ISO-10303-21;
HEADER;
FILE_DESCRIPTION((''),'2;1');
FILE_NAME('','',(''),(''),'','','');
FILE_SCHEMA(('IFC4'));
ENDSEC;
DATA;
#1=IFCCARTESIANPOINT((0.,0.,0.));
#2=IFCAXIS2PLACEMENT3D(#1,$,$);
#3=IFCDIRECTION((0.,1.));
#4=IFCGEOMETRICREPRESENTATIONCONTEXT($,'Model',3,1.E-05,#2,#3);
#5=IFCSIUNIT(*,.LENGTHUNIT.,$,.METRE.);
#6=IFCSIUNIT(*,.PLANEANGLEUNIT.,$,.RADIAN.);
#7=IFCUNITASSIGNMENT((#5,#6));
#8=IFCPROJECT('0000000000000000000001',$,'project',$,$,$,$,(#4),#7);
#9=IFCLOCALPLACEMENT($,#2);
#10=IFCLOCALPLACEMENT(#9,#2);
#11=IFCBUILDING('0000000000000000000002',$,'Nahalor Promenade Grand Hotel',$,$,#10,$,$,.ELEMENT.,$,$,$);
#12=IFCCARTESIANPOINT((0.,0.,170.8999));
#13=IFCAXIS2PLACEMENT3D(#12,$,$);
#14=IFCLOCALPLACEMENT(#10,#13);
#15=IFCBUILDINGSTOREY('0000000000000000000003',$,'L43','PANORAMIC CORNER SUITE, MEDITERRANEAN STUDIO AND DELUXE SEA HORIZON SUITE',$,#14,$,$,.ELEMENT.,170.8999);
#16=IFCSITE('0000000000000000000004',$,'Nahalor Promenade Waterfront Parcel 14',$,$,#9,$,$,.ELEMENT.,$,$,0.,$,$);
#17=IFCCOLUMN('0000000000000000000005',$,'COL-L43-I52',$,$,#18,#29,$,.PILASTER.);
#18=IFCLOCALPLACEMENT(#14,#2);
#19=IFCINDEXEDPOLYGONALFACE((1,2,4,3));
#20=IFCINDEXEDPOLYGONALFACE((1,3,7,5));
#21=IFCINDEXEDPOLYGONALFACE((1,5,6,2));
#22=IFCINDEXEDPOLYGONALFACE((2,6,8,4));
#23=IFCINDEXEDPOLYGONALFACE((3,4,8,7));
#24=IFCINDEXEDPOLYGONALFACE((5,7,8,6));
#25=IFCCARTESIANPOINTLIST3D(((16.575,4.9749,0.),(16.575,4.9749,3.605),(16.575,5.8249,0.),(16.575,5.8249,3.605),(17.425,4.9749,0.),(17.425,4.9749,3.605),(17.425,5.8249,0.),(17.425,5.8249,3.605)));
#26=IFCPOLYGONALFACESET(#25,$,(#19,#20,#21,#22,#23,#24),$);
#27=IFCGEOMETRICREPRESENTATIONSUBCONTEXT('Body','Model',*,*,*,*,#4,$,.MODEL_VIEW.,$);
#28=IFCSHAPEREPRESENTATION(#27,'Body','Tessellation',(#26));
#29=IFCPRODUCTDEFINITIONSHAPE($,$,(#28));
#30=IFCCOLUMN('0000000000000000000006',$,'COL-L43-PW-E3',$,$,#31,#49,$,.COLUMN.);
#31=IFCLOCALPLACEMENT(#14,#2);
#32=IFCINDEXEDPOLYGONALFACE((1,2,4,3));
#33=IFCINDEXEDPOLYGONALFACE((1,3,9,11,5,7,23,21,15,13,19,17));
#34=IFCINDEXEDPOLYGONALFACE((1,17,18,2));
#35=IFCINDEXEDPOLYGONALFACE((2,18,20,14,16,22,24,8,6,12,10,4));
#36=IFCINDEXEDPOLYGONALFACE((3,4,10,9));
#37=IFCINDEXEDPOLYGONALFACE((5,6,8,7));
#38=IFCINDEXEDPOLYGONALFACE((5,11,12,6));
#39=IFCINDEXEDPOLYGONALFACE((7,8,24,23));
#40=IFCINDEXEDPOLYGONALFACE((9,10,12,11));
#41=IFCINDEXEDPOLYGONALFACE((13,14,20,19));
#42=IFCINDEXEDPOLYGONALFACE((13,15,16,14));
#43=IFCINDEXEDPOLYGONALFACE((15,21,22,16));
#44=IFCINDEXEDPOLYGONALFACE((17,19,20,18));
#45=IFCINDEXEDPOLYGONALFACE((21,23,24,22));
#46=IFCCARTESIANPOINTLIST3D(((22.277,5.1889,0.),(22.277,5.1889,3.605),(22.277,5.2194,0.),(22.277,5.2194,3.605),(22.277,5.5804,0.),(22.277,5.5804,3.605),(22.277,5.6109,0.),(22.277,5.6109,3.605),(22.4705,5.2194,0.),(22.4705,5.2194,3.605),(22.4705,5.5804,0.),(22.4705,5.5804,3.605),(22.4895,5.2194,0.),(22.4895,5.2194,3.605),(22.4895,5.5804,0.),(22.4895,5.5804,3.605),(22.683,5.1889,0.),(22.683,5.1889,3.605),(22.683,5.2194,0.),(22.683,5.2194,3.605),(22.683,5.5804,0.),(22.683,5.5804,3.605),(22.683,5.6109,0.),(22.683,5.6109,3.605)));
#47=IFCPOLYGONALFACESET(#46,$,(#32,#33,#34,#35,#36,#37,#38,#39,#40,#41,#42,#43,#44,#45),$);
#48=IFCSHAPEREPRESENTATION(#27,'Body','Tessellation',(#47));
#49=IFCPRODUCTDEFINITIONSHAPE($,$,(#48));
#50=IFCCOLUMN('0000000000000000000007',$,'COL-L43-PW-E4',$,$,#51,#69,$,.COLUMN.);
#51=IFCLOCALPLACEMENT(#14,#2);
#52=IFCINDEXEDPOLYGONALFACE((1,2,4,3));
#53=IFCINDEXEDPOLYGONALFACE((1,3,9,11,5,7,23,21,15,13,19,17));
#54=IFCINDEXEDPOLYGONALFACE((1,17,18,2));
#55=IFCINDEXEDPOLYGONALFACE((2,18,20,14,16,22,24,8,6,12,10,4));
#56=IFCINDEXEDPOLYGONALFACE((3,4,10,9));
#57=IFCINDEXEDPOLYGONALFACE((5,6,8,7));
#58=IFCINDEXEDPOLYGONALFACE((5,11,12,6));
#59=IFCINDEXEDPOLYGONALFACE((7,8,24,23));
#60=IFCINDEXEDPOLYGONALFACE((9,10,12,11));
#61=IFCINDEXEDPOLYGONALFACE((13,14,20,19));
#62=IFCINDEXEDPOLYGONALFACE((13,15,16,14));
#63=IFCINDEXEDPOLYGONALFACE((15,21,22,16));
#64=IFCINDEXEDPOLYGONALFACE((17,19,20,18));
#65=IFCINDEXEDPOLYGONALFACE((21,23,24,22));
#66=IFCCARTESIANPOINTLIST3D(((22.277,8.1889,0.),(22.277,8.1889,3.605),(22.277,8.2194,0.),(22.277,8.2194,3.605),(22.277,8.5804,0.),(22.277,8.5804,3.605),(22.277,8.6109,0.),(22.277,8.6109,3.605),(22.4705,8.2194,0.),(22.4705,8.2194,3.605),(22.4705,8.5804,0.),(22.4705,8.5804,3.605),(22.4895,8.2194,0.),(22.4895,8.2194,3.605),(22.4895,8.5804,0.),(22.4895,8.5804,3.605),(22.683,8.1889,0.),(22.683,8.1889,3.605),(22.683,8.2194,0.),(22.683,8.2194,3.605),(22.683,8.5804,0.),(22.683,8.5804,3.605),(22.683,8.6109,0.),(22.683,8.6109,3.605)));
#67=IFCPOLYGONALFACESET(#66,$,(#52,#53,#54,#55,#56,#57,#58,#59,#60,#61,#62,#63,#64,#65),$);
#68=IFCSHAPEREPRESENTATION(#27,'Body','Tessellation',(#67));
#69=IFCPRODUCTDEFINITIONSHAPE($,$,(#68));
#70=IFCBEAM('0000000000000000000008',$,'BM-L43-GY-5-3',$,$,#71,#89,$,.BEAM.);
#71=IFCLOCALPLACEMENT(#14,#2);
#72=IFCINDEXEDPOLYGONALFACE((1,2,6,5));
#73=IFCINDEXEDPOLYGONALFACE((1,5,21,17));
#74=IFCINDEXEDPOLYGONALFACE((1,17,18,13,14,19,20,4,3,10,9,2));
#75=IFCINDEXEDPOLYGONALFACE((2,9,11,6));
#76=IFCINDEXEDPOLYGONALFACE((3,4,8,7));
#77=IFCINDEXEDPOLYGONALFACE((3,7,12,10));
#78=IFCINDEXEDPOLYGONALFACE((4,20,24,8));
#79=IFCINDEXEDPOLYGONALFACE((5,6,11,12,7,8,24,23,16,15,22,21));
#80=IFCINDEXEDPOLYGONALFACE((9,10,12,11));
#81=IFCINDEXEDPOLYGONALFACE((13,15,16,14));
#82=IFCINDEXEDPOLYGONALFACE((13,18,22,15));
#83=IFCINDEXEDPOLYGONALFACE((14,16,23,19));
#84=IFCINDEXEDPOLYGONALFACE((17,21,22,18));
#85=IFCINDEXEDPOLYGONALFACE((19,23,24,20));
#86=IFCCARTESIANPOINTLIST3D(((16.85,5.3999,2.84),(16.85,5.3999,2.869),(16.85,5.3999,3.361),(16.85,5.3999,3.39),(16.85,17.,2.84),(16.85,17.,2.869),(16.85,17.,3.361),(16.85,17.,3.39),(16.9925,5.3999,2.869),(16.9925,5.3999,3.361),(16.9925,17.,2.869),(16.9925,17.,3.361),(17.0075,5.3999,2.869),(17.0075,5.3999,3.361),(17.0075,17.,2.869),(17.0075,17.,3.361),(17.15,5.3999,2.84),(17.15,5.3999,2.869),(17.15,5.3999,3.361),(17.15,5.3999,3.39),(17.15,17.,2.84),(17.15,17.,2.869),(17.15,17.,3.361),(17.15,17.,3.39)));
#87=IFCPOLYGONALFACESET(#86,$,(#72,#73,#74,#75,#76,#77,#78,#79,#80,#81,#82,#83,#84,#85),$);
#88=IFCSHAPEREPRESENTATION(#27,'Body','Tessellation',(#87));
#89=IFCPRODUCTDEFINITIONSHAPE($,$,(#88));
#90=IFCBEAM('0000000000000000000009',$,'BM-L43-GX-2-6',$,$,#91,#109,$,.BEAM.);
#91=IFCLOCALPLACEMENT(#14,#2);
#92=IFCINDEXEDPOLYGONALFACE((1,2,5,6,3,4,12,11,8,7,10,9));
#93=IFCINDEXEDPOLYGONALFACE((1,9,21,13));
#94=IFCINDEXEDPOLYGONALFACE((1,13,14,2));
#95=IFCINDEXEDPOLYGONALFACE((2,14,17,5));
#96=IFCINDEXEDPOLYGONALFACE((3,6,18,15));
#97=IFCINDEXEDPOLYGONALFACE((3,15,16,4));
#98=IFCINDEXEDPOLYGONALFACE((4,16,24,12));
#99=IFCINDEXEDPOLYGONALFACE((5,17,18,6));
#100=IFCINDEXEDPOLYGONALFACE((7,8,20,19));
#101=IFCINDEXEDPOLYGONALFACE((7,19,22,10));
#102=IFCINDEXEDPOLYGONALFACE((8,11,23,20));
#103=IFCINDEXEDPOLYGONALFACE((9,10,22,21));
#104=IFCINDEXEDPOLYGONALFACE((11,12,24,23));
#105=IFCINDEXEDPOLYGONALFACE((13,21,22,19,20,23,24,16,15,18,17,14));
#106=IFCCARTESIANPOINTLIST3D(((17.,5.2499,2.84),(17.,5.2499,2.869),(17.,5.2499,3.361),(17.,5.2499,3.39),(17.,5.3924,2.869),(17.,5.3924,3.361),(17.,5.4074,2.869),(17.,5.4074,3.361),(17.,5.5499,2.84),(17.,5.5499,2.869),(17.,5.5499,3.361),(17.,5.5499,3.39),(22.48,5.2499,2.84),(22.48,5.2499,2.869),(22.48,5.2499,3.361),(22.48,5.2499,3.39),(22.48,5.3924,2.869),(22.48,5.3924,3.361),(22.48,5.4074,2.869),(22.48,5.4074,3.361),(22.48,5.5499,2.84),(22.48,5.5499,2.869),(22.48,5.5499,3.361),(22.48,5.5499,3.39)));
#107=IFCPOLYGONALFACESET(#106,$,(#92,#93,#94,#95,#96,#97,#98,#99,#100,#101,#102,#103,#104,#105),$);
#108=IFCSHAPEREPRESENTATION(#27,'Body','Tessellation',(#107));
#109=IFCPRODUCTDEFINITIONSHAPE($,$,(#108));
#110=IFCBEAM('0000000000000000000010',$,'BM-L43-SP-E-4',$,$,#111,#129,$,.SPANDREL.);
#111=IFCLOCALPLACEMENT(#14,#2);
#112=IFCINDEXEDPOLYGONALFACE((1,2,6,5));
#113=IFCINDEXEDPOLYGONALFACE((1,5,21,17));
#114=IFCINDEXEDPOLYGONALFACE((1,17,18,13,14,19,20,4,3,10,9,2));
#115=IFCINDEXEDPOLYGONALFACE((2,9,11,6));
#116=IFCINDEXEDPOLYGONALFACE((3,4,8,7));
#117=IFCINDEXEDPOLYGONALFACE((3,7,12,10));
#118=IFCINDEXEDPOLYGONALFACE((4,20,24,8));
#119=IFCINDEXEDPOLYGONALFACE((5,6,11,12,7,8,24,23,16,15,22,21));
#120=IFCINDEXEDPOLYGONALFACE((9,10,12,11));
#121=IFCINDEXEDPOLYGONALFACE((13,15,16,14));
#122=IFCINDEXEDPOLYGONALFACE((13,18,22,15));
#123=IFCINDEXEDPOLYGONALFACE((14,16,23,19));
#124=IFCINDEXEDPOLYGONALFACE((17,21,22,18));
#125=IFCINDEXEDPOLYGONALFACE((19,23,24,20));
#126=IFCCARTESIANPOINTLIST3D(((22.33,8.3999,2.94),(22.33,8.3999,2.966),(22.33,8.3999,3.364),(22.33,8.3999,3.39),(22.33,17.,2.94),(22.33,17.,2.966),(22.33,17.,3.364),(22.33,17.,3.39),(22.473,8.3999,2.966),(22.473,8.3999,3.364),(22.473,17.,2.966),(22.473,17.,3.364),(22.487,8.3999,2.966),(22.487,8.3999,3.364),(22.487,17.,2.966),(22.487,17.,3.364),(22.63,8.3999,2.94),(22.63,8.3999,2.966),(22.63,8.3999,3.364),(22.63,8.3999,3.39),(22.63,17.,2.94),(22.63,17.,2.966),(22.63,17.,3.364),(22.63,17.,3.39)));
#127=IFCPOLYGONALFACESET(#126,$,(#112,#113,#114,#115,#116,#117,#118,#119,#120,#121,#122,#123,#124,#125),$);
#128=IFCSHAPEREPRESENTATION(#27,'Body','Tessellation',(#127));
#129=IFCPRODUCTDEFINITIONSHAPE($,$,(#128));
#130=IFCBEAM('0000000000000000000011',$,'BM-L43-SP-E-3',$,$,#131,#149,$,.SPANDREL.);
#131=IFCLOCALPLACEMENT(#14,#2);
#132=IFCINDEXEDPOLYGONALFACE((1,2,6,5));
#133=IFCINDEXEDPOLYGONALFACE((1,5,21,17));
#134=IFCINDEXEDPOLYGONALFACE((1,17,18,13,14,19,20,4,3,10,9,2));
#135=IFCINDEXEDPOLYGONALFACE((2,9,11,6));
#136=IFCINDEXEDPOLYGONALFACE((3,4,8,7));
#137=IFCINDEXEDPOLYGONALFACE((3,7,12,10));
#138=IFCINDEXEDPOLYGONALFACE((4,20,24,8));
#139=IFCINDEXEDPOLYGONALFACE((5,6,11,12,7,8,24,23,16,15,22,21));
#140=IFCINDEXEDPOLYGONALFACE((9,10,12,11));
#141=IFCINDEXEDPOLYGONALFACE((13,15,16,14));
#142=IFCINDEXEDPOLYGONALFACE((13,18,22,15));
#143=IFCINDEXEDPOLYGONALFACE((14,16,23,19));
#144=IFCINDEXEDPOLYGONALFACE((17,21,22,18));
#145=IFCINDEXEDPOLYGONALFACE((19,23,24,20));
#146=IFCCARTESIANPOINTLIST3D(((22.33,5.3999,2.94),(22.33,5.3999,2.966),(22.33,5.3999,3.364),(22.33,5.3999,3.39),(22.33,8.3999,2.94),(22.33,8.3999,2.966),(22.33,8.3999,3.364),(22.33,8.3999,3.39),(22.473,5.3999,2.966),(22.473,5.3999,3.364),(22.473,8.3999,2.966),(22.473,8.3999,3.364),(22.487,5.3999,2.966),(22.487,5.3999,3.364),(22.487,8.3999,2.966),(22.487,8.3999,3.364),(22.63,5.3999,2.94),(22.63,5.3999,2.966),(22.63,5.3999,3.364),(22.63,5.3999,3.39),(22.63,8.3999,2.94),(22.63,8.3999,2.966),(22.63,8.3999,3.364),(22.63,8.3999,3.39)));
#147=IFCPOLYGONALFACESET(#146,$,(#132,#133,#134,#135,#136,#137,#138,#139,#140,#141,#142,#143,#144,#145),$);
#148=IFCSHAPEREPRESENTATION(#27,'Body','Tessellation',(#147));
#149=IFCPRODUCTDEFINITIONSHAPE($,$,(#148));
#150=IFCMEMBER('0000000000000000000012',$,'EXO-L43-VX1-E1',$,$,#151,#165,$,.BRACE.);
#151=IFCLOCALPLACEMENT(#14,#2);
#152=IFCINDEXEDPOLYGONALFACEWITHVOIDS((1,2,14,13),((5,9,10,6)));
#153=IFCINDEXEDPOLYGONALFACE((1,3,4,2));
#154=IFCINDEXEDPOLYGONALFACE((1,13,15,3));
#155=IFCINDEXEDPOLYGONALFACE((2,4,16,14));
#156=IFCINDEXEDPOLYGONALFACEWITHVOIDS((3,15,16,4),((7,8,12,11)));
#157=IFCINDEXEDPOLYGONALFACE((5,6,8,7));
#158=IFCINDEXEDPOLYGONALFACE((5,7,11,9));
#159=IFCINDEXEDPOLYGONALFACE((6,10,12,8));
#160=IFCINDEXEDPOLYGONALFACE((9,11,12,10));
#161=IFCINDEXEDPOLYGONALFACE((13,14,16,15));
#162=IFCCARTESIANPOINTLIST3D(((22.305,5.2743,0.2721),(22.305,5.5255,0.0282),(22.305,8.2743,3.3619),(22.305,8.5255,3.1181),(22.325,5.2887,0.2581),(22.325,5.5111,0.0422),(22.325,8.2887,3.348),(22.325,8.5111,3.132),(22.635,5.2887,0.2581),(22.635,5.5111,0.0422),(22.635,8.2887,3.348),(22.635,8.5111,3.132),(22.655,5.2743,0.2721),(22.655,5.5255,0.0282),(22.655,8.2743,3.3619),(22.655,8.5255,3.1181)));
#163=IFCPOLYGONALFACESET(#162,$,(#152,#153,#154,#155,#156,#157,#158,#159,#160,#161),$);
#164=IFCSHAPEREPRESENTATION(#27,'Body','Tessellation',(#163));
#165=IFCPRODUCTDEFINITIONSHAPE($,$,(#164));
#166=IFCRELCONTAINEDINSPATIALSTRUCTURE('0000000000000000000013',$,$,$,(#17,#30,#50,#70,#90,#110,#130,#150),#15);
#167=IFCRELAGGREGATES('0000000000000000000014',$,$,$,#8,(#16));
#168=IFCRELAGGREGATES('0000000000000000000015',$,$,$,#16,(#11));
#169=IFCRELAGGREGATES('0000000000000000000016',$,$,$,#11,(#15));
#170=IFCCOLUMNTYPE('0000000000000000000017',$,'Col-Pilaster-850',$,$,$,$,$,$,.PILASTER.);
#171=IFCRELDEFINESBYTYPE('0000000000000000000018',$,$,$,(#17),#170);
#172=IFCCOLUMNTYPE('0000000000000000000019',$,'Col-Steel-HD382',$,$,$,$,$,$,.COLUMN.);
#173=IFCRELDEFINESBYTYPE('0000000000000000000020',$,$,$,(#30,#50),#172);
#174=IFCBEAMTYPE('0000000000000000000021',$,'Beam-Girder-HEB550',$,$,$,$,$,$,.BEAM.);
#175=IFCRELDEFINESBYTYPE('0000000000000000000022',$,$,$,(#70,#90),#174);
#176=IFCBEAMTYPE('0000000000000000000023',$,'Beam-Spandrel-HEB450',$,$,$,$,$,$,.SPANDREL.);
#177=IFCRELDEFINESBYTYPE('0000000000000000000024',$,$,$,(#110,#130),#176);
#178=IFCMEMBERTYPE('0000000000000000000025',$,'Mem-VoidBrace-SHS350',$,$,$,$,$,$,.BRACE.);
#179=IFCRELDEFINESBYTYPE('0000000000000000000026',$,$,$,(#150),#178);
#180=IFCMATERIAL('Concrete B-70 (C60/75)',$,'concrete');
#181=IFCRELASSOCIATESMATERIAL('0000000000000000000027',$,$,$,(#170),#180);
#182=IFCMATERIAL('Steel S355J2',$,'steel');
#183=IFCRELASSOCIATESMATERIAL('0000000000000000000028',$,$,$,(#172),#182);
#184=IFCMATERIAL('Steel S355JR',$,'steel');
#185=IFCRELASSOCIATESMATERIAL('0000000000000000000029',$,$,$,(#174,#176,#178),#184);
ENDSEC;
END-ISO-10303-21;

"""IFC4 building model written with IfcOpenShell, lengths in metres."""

from ifc_helpers import new_model, si_unit, direction, frame, origin, origin_2d, place, context, subcontext, project, spatial, rectangle, hollow_rectangle, i_section, extrude, source, transform, mapped, material, material_profile, profile_set, type_object, element, save


model = new_model("IFC4")

# Units and contexts
model_context = context("Model", 3, precision=1e-05, world=origin(), true_north=direction((0.0, 1.0)))
body_context = subcontext(model_context, "Body", "Model", "MODEL_VIEW")
ifc_project = project(units=[si_unit("LENGTHUNIT", "METRE"), si_unit("PLANEANGLEUNIT", "RADIAN")], contexts=[model_context])

# Site, building, storey
site_placement = place(None, origin())
site = spatial("IfcSite", under=ifc_project, at=site_placement, Name="Nahalor Promenade Waterfront Parcel 14", CompositionType="ELEMENT", RefElevation=0.0)
building_placement = place(site_placement, origin())
building = spatial("IfcBuilding", under=site, at=building_placement, Name="Nahalor Promenade Grand Hotel", CompositionType="ELEMENT")
storey_placement = place(building_placement, frame((0.0, 0.0, 170.8999)))
storey = spatial("IfcBuildingStorey", under=building, at=storey_placement, Name="L43", Description="PANORAMIC CORNER SUITE, MEDITERRANEAN STUDIO AND DELUXE SEA HORIZON SUITE", CompositionType="ELEMENT", Elevation=170.8999)

# Columns
ifc_material_1 = material(Name="Concrete B-70 (C60/75)", Category="concrete")
ifc_material_profile_1 = material_profile(ifc_material_1, rectangle(XDim=0.85, YDim=0.85, at=origin_2d()), Name="RC 850x850")
ifc_profile_set_1 = profile_set([ifc_material_profile_1], Name="Concrete B-70 (C60/75)")
column_type_1 = type_object("IfcColumnType", Name="Col-Pilaster-850", PredefinedType="PILASTER", material=ifc_profile_set_1)
shared_shape_1 = source(origin(), body_context, "Body", "SweptSolid", [
    extrude(rectangle(XDim=0.85, YDim=0.85, at=origin_2d()), origin(), (0.0, 0.0, 1.0), 3.605),
])
column_placement = place(storey_placement, frame((17.0, 5.3999, 0.0), z_axis=(0.0, 0.0, 1.0), x_axis=(1.0, 0.0, 0.0)))
element("IfcColumn", 1, at=column_placement, inside=storey, type_object=column_type_1, Name="COL-L43-I52", PredefinedType="PILASTER", context=body_context, shape_type="MappedRepresentation", body=[
    mapped(shared_shape_1, transform((0.0, 0.0, 0.0), scale=1.0)),
])
ifc_material_2 = material(Name="Steel S355J2", Category="steel")
ifc_material_profile_2 = material_profile(ifc_material_2, i_section(OverallWidth=0.406, OverallDepth=0.422, WebThickness=0.019, FlangeThickness=0.0305, at=origin_2d()), Name="HD 400x382")
ifc_profile_set_2 = profile_set([ifc_material_profile_2], Name="Steel S355J2")
column_type_2 = type_object("IfcColumnType", Name="Col-Steel-HD382", PredefinedType="COLUMN", material=ifc_profile_set_2)
shared_shape_2 = source(origin(), body_context, "Body", "SweptSolid", [
    extrude(i_section(OverallWidth=0.406, OverallDepth=0.422, WebThickness=0.019, FlangeThickness=0.0305, at=origin_2d()), origin(), (0.0, 0.0, 1.0), 3.605),
])
for number, where, z_axis, x_axis, name in (
    (2, (22.48, 5.3999, 0.0), (0.0, 0.0, 1.0), (1.0, 0.0, 0.0), "COL-L43-PW-E3"),
    (3, (22.48, 8.3999, 0.0), (0.0, 0.0, 1.0), (1.0, 0.0, 0.0), "COL-L43-PW-E4"),
):
    element("IfcColumn", number, at=place(storey_placement, frame(where, z_axis=z_axis, x_axis=x_axis)), inside=storey, type_object=column_type_2, Name=name, PredefinedType="COLUMN", context=body_context, shape_type="MappedRepresentation", body=[
        mapped(shared_shape_2, transform((0.0, 0.0, 0.0), scale=1.0)),
    ])

# Beams
ifc_material_3 = material(Name="Steel S355JR", Category="steel")
ifc_material_profile_3 = material_profile(ifc_material_3, i_section(OverallWidth=0.3, OverallDepth=0.55, WebThickness=0.015, FlangeThickness=0.029, at=origin_2d()), Name="HEB 550")
ifc_profile_set_3 = profile_set([ifc_material_profile_3], Name="Steel S355JR")
beam_type_1 = type_object("IfcBeamType", Name="Beam-Girder-HEB550", PredefinedType="BEAM", material=ifc_profile_set_3)
shared_shape_3 = source(origin(), body_context, "Body", "SweptSolid", [
    extrude(i_section(OverallWidth=0.3, OverallDepth=0.55, WebThickness=0.015, FlangeThickness=0.029, at=origin_2d()), origin(), (0.0, 0.0, 1.0), 11.6001),
])
beam_1_placement = place(storey_placement, frame((17.0, 5.3999, 3.115), z_axis=(0.0, 1.0, 0.0), x_axis=(-1.0, 0.0, 0.0)))
element("IfcBeam", 4, at=beam_1_placement, inside=storey, type_object=beam_type_1, Name="BM-L43-GY-5-3", PredefinedType="BEAM", context=body_context, shape_type="MappedRepresentation", body=[
    mapped(shared_shape_3, transform((0.0, 0.0, 0.0), scale=1.0)),
])
shared_shape_4 = source(origin(), body_context, "Body", "SweptSolid", [
    extrude(i_section(OverallWidth=0.3, OverallDepth=0.55, WebThickness=0.015, FlangeThickness=0.029, at=origin_2d()), origin(), (0.0, 0.0, 1.0), 5.48),
])
beam_2_placement = place(storey_placement, frame((17.0, 5.3999, 3.115), z_axis=(1.0, 0.0, 0.0), x_axis=(0.0, 1.0, 0.0)))
element("IfcBeam", 5, at=beam_2_placement, inside=storey, type_object=beam_type_1, Name="BM-L43-GX-2-6", PredefinedType="BEAM", context=body_context, shape_type="MappedRepresentation", body=[
    mapped(shared_shape_4, transform((0.0, 0.0, 0.0), scale=1.0)),
])
ifc_material_profile_4 = material_profile(ifc_material_3, i_section(OverallWidth=0.3, OverallDepth=0.45, WebThickness=0.014, FlangeThickness=0.026, at=origin_2d()), Name="HEB 450")
ifc_profile_set_4 = profile_set([ifc_material_profile_4], Name="Steel S355JR")
beam_type_2 = type_object("IfcBeamType", Name="Beam-Spandrel-HEB450", PredefinedType="SPANDREL", material=ifc_profile_set_4)
shared_shape_5 = source(origin(), body_context, "Body", "SweptSolid", [
    extrude(i_section(OverallWidth=0.3, OverallDepth=0.45, WebThickness=0.014, FlangeThickness=0.026, at=origin_2d()), origin(), (0.0, 0.0, 1.0), 8.6001),
])
beam_3_placement = place(storey_placement, frame((22.48, 8.3999, 3.165), z_axis=(0.0, 1.0, 0.0), x_axis=(-1.0, 0.0, 0.0)))
element("IfcBeam", 6, at=beam_3_placement, inside=storey, type_object=beam_type_2, Name="BM-L43-SP-E-4", PredefinedType="SPANDREL", context=body_context, shape_type="MappedRepresentation", body=[
    mapped(shared_shape_5, transform((0.0, 0.0, 0.0), scale=1.0)),
])
shared_shape_6 = source(origin(), body_context, "Body", "SweptSolid", [
    extrude(i_section(OverallWidth=0.3, OverallDepth=0.45, WebThickness=0.014, FlangeThickness=0.026, at=origin_2d()), origin(), (0.0, 0.0, 1.0), 3.0),
])
beam_4_placement = place(storey_placement, frame((22.48, 5.3999, 3.165), z_axis=(0.0, 1.0, 0.0), x_axis=(-1.0, 0.0, 0.0)))
element("IfcBeam", 7, at=beam_4_placement, inside=storey, type_object=beam_type_2, Name="BM-L43-SP-E-3", PredefinedType="SPANDREL", context=body_context, shape_type="MappedRepresentation", body=[
    mapped(shared_shape_6, transform((0.0, 0.0, 0.0), scale=1.0)),
])

# Member
ifc_material_profile_5 = material_profile(ifc_material_3, hollow_rectangle(XDim=0.35, YDim=0.35, WallThickness=0.02, at=origin_2d()), Name="SHS 350x350x20")
ifc_profile_set_5 = profile_set([ifc_material_profile_5], Name="Steel S355JR")
member_type_1 = type_object("IfcMemberType", Name="Mem-VoidBrace-SHS350", PredefinedType="BRACE", material=ifc_profile_set_5)
shared_shape_7 = source(origin(), body_context, "Body", "SweptSolid", [
    extrude(hollow_rectangle(XDim=0.35, YDim=0.35, WallThickness=0.02, at=origin_2d()), origin(), (0.0, 0.0, 1.0), 4.3066),
])
member_1_placement = place(storey_placement, frame((22.48, 5.3999, 0.1501), z_axis=(0.0, 0.696599, 0.717461), x_axis=(-1.0, 0.0, 0.0)))
element("IfcMember", 8, at=member_1_placement, inside=storey, type_object=member_type_1, Name="EXO-L43-VX1-E1", PredefinedType="BRACE", context=body_context, shape_type="MappedRepresentation", body=[
    mapped(shared_shape_7, transform((0.0, 0.0, 0.0), scale=1.0)),
])

save(model, "model.ifc")
